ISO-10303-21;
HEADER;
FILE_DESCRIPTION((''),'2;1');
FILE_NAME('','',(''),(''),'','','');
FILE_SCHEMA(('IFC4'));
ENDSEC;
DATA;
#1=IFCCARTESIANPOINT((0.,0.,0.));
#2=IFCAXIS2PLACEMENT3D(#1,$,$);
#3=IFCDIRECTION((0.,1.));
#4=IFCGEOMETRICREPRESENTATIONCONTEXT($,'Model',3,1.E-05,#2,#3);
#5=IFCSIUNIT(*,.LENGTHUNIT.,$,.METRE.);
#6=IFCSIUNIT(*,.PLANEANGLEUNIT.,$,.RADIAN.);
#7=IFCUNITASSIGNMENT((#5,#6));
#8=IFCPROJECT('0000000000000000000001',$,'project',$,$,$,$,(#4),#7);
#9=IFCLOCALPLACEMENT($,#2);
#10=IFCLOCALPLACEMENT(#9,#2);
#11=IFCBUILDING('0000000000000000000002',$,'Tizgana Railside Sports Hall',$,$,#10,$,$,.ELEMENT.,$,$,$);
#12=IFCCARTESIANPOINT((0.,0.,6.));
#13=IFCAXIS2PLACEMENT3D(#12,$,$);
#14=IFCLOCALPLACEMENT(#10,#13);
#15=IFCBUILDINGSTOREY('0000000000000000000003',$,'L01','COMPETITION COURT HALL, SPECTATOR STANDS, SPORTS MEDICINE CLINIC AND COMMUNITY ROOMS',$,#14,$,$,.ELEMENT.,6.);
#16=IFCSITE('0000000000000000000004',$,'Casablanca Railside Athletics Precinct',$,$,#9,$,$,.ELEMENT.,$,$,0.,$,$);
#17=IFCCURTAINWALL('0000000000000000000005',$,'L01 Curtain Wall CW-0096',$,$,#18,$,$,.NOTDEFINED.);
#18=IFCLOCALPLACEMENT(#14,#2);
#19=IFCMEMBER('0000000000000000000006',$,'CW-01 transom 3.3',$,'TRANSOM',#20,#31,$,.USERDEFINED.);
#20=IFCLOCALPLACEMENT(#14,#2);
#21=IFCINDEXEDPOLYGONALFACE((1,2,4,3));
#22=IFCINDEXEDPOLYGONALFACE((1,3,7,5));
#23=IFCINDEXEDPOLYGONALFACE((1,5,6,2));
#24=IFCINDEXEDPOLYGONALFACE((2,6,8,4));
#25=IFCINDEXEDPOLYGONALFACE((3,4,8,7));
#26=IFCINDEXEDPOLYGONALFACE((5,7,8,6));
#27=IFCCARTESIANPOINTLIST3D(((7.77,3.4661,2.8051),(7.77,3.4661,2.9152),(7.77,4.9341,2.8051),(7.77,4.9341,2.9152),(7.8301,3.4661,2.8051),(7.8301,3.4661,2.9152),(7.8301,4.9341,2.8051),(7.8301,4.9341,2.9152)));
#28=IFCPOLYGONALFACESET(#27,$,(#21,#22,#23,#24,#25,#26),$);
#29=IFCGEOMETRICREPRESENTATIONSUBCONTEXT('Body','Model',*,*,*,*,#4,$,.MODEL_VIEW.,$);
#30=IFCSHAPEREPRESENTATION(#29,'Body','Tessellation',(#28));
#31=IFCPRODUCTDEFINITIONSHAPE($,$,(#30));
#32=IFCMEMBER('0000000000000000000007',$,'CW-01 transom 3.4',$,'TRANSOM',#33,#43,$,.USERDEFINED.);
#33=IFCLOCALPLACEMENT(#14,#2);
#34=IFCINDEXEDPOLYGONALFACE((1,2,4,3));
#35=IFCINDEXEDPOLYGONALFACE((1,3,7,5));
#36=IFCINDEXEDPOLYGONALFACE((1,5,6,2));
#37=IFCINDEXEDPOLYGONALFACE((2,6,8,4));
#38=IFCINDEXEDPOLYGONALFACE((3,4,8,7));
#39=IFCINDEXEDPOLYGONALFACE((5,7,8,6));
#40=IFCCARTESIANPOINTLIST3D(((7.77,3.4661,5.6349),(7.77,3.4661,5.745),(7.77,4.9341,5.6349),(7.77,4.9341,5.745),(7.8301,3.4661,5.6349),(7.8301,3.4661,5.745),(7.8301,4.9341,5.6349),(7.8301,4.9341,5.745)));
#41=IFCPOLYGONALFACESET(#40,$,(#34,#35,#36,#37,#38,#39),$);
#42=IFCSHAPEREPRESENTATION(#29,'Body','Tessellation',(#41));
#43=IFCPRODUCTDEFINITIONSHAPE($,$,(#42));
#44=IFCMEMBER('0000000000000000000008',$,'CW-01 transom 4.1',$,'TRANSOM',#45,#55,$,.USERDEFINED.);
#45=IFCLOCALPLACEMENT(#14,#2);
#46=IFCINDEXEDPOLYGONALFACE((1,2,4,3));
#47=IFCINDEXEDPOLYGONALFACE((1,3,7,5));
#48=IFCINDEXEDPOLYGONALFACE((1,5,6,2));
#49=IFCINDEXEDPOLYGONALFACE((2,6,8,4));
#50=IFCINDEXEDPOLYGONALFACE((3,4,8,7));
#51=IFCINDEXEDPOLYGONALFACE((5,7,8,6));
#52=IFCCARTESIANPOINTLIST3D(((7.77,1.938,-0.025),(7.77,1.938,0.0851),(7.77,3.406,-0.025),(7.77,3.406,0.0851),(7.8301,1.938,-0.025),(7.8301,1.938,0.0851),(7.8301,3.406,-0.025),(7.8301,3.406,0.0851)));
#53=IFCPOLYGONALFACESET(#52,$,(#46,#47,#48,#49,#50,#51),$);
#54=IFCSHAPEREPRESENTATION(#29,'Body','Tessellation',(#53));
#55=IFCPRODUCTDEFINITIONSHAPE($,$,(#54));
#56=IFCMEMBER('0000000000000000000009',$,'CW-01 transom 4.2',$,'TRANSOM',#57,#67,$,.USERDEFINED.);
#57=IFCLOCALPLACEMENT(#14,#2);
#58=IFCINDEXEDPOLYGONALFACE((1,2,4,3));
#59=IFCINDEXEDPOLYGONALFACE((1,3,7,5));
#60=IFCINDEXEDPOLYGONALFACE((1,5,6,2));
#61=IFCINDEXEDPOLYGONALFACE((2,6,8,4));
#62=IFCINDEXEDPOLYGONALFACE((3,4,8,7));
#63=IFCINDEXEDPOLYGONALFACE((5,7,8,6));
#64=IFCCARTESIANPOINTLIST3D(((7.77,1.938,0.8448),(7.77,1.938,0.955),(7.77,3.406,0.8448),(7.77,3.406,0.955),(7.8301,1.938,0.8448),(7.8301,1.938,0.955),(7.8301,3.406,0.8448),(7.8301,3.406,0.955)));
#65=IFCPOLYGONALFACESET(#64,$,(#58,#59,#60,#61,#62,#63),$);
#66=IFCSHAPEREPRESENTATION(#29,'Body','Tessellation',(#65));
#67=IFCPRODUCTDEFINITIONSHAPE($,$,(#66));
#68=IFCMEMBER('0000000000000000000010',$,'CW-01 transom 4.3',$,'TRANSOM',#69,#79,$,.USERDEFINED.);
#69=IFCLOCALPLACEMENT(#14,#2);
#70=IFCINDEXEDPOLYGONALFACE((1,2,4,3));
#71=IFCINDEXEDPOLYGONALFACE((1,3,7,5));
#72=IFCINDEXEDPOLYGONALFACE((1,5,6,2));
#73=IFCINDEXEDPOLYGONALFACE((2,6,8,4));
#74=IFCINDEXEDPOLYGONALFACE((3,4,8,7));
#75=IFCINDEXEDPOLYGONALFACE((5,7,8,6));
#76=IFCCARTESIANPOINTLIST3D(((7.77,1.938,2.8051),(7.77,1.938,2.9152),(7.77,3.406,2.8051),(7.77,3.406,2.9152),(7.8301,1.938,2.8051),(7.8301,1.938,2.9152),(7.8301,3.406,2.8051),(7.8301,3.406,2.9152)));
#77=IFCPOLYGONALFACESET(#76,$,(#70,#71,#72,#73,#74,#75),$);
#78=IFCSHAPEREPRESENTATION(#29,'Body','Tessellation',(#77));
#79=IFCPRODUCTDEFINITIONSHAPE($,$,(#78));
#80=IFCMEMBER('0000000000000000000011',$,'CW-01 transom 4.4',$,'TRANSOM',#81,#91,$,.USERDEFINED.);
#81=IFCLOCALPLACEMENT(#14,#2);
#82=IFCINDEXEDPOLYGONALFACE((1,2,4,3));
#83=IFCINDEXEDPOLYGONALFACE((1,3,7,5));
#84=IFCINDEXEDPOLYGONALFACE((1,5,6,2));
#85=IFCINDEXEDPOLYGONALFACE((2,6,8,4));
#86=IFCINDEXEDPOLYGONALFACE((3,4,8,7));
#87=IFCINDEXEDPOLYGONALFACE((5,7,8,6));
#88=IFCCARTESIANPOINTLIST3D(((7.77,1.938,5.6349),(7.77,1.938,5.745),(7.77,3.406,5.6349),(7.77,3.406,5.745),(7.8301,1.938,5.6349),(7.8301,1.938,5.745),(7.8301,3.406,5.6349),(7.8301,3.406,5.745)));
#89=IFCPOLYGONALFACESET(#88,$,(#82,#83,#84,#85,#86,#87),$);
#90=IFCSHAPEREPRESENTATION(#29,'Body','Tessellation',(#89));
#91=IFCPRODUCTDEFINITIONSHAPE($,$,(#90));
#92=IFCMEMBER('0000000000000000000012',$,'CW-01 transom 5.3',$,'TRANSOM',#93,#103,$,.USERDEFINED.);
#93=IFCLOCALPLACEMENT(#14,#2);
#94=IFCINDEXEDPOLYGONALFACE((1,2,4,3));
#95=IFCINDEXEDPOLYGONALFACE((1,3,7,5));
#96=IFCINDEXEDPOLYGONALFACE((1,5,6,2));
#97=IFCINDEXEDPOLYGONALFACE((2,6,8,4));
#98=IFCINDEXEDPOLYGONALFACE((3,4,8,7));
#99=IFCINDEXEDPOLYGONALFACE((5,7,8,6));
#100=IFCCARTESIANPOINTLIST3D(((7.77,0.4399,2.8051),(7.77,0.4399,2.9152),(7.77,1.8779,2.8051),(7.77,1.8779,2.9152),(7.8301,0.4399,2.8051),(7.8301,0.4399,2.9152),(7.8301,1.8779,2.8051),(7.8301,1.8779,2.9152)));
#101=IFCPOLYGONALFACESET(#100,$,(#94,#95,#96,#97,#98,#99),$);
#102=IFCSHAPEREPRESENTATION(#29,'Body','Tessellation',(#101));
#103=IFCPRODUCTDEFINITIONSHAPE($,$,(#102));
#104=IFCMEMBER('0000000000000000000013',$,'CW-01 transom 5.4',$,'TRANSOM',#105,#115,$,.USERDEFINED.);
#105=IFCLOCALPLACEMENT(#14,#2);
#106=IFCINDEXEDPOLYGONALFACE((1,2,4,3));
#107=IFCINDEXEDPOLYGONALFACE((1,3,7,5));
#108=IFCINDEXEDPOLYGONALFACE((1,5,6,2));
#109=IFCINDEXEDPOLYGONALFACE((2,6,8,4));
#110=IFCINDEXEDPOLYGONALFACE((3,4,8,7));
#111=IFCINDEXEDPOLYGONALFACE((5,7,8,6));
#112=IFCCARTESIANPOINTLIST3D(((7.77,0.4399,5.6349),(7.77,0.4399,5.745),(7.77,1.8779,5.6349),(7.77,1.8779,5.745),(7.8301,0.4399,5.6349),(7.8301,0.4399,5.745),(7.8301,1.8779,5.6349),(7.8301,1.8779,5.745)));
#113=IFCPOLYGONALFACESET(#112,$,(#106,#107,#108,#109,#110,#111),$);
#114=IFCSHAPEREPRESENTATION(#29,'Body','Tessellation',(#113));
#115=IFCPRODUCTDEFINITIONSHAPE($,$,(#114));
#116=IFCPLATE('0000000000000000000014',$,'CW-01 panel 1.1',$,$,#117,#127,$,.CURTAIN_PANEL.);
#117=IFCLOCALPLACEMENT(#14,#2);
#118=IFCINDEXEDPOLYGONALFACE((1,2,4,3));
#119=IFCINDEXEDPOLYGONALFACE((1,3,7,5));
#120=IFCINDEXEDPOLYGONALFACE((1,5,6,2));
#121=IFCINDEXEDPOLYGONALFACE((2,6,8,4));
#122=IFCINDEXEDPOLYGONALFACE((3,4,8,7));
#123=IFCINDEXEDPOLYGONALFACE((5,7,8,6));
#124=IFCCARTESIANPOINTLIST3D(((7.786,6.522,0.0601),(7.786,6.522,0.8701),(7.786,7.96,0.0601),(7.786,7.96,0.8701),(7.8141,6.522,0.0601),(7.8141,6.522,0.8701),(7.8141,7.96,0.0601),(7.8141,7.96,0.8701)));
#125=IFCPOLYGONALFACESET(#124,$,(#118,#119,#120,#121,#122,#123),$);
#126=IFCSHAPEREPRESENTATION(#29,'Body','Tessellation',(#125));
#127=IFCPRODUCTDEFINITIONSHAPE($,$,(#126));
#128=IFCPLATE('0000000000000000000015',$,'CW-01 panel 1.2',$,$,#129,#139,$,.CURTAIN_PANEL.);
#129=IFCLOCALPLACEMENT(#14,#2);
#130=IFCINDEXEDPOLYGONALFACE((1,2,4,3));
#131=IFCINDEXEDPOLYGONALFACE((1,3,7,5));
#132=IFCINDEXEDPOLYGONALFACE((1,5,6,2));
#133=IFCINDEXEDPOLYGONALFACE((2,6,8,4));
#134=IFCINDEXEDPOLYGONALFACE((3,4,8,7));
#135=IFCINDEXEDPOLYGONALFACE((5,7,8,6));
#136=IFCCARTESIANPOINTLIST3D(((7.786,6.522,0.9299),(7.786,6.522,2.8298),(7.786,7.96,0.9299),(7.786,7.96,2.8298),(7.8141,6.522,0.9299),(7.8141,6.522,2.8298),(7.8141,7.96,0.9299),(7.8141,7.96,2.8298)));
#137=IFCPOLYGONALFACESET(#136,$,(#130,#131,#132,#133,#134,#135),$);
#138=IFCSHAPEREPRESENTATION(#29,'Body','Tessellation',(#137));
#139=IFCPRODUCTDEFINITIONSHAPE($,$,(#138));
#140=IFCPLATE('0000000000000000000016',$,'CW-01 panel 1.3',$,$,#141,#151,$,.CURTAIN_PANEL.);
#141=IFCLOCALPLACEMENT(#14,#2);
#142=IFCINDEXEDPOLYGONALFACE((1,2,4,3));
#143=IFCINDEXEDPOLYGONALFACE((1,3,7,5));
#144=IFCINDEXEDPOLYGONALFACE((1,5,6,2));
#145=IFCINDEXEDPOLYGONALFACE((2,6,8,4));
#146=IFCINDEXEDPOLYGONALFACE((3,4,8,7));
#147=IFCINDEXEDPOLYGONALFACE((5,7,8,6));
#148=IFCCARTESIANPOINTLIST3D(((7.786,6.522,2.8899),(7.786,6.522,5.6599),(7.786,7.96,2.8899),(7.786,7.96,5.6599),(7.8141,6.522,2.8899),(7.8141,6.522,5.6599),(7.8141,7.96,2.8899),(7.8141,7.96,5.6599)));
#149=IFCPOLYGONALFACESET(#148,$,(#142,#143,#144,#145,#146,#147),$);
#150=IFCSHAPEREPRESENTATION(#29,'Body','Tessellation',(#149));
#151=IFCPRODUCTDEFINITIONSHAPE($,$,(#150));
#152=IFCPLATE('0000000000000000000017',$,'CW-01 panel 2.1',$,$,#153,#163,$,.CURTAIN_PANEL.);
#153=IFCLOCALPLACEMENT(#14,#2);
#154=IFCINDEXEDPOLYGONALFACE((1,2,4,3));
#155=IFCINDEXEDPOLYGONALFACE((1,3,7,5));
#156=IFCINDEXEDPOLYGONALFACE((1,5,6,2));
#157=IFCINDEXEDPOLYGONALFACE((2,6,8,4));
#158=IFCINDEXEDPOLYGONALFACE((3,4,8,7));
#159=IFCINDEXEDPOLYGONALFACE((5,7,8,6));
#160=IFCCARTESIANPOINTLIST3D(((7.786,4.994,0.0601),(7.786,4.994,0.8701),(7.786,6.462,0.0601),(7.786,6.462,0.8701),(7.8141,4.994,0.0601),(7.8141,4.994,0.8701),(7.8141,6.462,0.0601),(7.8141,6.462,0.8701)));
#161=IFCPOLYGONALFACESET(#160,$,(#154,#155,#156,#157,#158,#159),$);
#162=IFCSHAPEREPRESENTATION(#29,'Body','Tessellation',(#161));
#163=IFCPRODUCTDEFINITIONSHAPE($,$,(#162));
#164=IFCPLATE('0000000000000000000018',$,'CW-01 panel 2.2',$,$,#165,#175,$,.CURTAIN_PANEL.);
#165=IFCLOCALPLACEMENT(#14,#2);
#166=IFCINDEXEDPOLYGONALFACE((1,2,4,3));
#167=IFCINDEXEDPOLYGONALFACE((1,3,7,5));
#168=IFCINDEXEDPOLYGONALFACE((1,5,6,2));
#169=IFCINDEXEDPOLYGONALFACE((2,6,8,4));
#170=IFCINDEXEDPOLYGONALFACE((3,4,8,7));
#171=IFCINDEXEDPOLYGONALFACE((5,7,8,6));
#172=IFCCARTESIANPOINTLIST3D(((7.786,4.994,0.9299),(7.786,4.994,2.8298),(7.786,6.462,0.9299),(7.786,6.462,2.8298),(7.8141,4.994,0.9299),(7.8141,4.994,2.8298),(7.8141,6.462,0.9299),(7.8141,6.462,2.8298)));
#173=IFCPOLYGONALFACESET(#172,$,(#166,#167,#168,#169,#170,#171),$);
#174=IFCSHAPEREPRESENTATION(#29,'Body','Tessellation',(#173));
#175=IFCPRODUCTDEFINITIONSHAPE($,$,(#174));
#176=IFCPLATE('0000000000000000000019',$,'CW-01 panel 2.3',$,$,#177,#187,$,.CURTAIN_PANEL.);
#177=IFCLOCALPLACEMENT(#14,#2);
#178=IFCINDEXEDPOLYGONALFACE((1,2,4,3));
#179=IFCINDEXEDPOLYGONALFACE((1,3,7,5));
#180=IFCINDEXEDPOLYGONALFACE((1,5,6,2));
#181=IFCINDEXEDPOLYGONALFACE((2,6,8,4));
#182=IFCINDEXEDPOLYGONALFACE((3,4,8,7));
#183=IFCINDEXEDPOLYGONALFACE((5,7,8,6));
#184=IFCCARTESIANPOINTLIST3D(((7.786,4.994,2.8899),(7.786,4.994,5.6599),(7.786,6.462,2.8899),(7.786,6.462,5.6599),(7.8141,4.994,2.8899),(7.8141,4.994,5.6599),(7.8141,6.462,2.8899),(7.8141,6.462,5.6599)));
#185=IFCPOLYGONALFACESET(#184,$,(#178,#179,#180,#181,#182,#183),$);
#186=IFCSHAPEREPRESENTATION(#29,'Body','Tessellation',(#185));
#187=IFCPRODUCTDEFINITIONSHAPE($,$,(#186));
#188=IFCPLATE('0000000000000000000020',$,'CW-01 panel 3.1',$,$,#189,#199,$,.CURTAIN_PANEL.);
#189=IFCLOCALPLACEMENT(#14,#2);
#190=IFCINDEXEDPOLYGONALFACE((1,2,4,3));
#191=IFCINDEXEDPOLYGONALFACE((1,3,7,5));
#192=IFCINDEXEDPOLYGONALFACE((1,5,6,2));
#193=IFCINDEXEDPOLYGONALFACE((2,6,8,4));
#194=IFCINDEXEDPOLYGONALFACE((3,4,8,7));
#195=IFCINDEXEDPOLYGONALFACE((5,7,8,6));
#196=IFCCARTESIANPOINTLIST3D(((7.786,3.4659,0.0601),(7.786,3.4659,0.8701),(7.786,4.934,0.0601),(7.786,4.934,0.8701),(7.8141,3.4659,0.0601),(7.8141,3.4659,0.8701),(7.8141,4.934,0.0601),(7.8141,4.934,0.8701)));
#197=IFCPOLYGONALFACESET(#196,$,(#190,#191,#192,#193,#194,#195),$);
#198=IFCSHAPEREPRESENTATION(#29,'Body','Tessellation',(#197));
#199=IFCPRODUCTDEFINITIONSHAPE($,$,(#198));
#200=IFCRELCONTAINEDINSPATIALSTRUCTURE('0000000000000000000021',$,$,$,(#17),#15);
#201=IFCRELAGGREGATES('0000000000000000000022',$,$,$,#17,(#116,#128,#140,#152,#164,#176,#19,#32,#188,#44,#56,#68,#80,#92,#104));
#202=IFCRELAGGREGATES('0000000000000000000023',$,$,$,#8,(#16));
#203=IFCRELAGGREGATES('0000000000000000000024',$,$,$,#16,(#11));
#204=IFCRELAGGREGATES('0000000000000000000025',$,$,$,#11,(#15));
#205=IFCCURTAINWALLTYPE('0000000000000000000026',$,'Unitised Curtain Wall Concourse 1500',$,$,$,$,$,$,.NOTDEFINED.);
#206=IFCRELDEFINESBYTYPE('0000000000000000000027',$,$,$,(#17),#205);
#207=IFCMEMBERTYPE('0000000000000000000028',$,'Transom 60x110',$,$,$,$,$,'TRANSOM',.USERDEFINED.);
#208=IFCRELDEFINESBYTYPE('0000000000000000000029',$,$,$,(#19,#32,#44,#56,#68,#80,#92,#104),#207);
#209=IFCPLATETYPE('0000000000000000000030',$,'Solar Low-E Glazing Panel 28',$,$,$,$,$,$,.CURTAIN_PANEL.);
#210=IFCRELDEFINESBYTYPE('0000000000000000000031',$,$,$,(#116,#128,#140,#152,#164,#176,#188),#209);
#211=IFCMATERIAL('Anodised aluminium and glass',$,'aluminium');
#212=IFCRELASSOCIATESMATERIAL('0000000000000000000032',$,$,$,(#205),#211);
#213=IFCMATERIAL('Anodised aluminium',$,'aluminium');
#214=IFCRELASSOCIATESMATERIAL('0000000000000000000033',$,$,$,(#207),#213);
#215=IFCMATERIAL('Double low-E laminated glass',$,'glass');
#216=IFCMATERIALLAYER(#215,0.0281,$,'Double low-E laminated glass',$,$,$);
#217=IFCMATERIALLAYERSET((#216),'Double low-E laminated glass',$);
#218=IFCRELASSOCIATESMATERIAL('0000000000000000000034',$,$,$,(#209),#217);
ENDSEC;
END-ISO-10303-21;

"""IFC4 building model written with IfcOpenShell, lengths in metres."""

from ifc_helpers import new_model, si_unit, direction, frame, origin, origin_2d, place, context, subcontext, project, spatial, rectangle, extrude, material, layer, layer_set, material_profile, profile_set, type_object, element, aggregate, save


model = new_model("IFC4")

# Units and contexts
model_context = context("Model", 3, precision=1e-05, world=origin(), true_north=direction((0.0, 1.0)))
body_context = subcontext(model_context, "Body", "Model", "MODEL_VIEW")
ifc_project = project(units=[si_unit("LENGTHUNIT", "METRE"), si_unit("PLANEANGLEUNIT", "RADIAN")], contexts=[model_context])

# Site, building, storey
site_placement = place(None, origin())
site = spatial("IfcSite", under=ifc_project, at=site_placement, Name="Casablanca Railside Athletics Precinct", CompositionType="ELEMENT", RefElevation=0.0)
building_placement = place(site_placement, origin())
building = spatial("IfcBuilding", under=site, at=building_placement, Name="Tizgana Railside Sports Hall", CompositionType="ELEMENT")
storey_placement = place(building_placement, frame((0.0, 0.0, 6.0)))
storey = spatial("IfcBuildingStorey", under=building, at=storey_placement, Name="L01", Description="COMPETITION COURT HALL, SPECTATOR STANDS, SPORTS MEDICINE CLINIC AND COMMUNITY ROOMS", CompositionType="ELEMENT", Elevation=6.0)

# Curtain wall, members, plates
ifc_material_1 = material(Name="Anodised aluminium and glass", Category="aluminium")
curtain_wall_type = type_object("IfcCurtainWallType", Name="Unitised Curtain Wall Concourse 1500", PredefinedType="NOTDEFINED", material=ifc_material_1)
curtain_wall_placement = place(storey_placement, origin())
curtain_wall = element("IfcCurtainWall", 1, at=curtain_wall_placement, inside=storey, type_object=curtain_wall_type, Name="L01 Curtain Wall CW-0096", PredefinedType="NOTDEFINED")
ifc_material_2 = material(Name="Anodised aluminium", Category="aluminium")
ifc_material_profile_1 = material_profile(ifc_material_2, rectangle(XDim=0.0601, YDim=0.1101, at=origin_2d()), Name="Transom 60x110")
ifc_profile_set_1 = profile_set([ifc_material_profile_1], Name="Anodised aluminium")
member_type_1 = type_object("IfcMemberType", Name="Transom 60x110", ElementType="TRANSOM", PredefinedType="USERDEFINED", material=ifc_profile_set_1)
member_1_placement = place(storey_placement, frame((7.8, 4.9341, 2.8601), z_axis=(0.0, -1.0, 0.0), x_axis=(1.0, 0.0, 0.0)))
member_1 = element("IfcMember", 2, at=member_1_placement, type_object=member_type_1, Name="CW-01 transom 3.3", ObjectType="TRANSOM", PredefinedType="USERDEFINED", context=body_context, shape_type="SweptSolid", body=[
    extrude(rectangle(XDim=0.0601, YDim=0.1101, at=origin_2d()), origin(), (0.0, 0.0, 1.0), 1.468),
])
member_2_placement = place(storey_placement, frame((7.8, 4.9341, 5.6899), z_axis=(0.0, -1.0, 0.0), x_axis=(1.0, 0.0, 0.0)))
member_2 = element("IfcMember", 3, at=member_2_placement, type_object=member_type_1, Name="CW-01 transom 3.4", ObjectType="TRANSOM", PredefinedType="USERDEFINED", context=body_context, shape_type="SweptSolid", body=[
    extrude(rectangle(XDim=0.0601, YDim=0.1101, at=origin_2d()), origin(), (0.0, 0.0, 1.0), 1.468),
])
member_3_placement = place(storey_placement, frame((7.8, 3.406, 0.03), z_axis=(0.0, -1.0, 0.0), x_axis=(1.0, 0.0, 0.0)))
member_3 = element("IfcMember", 4, at=member_3_placement, type_object=member_type_1, Name="CW-01 transom 4.1", ObjectType="TRANSOM", PredefinedType="USERDEFINED", context=body_context, shape_type="SweptSolid", body=[
    extrude(rectangle(XDim=0.0601, YDim=0.1101, at=origin_2d()), origin(), (0.0, 0.0, 1.0), 1.468),
])
member_4_placement = place(storey_placement, frame((7.8, 3.406, 0.8999), z_axis=(0.0, -1.0, 0.0), x_axis=(1.0, 0.0, 0.0)))
member_4 = element("IfcMember", 5, at=member_4_placement, type_object=member_type_1, Name="CW-01 transom 4.2", ObjectType="TRANSOM", PredefinedType="USERDEFINED", context=body_context, shape_type="SweptSolid", body=[
    extrude(rectangle(XDim=0.0601, YDim=0.1101, at=origin_2d()), origin(), (0.0, 0.0, 1.0), 1.468),
])
member_5_placement = place(storey_placement, frame((7.8, 3.406, 2.8601), z_axis=(0.0, -1.0, 0.0), x_axis=(1.0, 0.0, 0.0)))
member_5 = element("IfcMember", 6, at=member_5_placement, type_object=member_type_1, Name="CW-01 transom 4.3", ObjectType="TRANSOM", PredefinedType="USERDEFINED", context=body_context, shape_type="SweptSolid", body=[
    extrude(rectangle(XDim=0.0601, YDim=0.1101, at=origin_2d()), origin(), (0.0, 0.0, 1.0), 1.468),
])
member_6_placement = place(storey_placement, frame((7.8, 3.406, 5.6899), z_axis=(0.0, -1.0, 0.0), x_axis=(1.0, 0.0, 0.0)))
member_6 = element("IfcMember", 7, at=member_6_placement, type_object=member_type_1, Name="CW-01 transom 4.4", ObjectType="TRANSOM", PredefinedType="USERDEFINED", context=body_context, shape_type="SweptSolid", body=[
    extrude(rectangle(XDim=0.0601, YDim=0.1101, at=origin_2d()), origin(), (0.0, 0.0, 1.0), 1.468),
])
member_7_placement = place(storey_placement, frame((7.8, 1.8779, 2.8601), z_axis=(0.0, -1.0, 0.0), x_axis=(1.0, 0.0, 0.0)))
member_7 = element("IfcMember", 8, at=member_7_placement, type_object=member_type_1, Name="CW-01 transom 5.3", ObjectType="TRANSOM", PredefinedType="USERDEFINED", context=body_context, shape_type="SweptSolid", body=[
    extrude(rectangle(XDim=0.0601, YDim=0.1101, at=origin_2d()), origin(), (0.0, 0.0, 1.0), 1.438),
])
member_8_placement = place(storey_placement, frame((7.8, 1.8779, 5.6899), z_axis=(0.0, -1.0, 0.0), x_axis=(1.0, 0.0, 0.0)))
member_8 = element("IfcMember", 9, at=member_8_placement, type_object=member_type_1, Name="CW-01 transom 5.4", ObjectType="TRANSOM", PredefinedType="USERDEFINED", context=body_context, shape_type="SweptSolid", body=[
    extrude(rectangle(XDim=0.0601, YDim=0.1101, at=origin_2d()), origin(), (0.0, 0.0, 1.0), 1.438),
])
ifc_material_3 = material(Name="Double low-E laminated glass", Category="glass")
ifc_layer = layer(ifc_material_3, 0.0281, Name="Double low-E laminated glass")
ifc_layer_set = layer_set([ifc_layer], Name="Double low-E laminated glass")
plate_type = type_object("IfcPlateType", Name="Solar Low-E Glazing Panel 28", PredefinedType="CURTAIN_PANEL", material=ifc_layer_set)
plate_1_placement = place(storey_placement, frame((7.8, 7.241, 0.0601), z_axis=(0.0, 0.0, 1.0), x_axis=(0.0, -1.0, 0.0)))
plate_1 = element("IfcPlate", 10, at=plate_1_placement, type_object=plate_type, Name="CW-01 panel 1.1", PredefinedType="CURTAIN_PANEL", context=body_context, shape_type="SweptSolid", body=[
    extrude(rectangle(XDim=1.438, YDim=0.0281, at=origin_2d()), origin(), (0.0, 0.0, 1.0), 0.8101),
])
plate_2_placement = place(storey_placement, frame((7.8, 7.241, 0.9299), z_axis=(0.0, 0.0, 1.0), x_axis=(0.0, -1.0, 0.0)))
plate_2 = element("IfcPlate", 11, at=plate_2_placement, type_object=plate_type, Name="CW-01 panel 1.2", PredefinedType="CURTAIN_PANEL", context=body_context, shape_type="SweptSolid", body=[
    extrude(rectangle(XDim=1.438, YDim=0.0281, at=origin_2d()), origin(), (0.0, 0.0, 1.0), 1.8999),
])
plate_3_placement = place(storey_placement, frame((7.8, 7.241, 2.8899), z_axis=(0.0, 0.0, 1.0), x_axis=(0.0, -1.0, 0.0)))
plate_3 = element("IfcPlate", 12, at=plate_3_placement, type_object=plate_type, Name="CW-01 panel 1.3", PredefinedType="CURTAIN_PANEL", context=body_context, shape_type="SweptSolid", body=[
    extrude(rectangle(XDim=1.438, YDim=0.0281, at=origin_2d()), origin(), (0.0, 0.0, 1.0), 2.77),
])
plate_4_placement = place(storey_placement, frame((7.8, 5.728, 0.0601), z_axis=(0.0, 0.0, 1.0), x_axis=(0.0, -1.0, 0.0)))
plate_4 = element("IfcPlate", 13, at=plate_4_placement, type_object=plate_type, Name="CW-01 panel 2.1", PredefinedType="CURTAIN_PANEL", context=body_context, shape_type="SweptSolid", body=[
    extrude(rectangle(XDim=1.468, YDim=0.0281, at=origin_2d()), origin(), (0.0, 0.0, 1.0), 0.8101),
])
plate_5_placement = place(storey_placement, frame((7.8, 5.728, 0.9299), z_axis=(0.0, 0.0, 1.0), x_axis=(0.0, -1.0, 0.0)))
plate_5 = element("IfcPlate", 14, at=plate_5_placement, type_object=plate_type, Name="CW-01 panel 2.2", PredefinedType="CURTAIN_PANEL", context=body_context, shape_type="SweptSolid", body=[
    extrude(rectangle(XDim=1.468, YDim=0.0281, at=origin_2d()), origin(), (0.0, 0.0, 1.0), 1.8999),
])
plate_6_placement = place(storey_placement, frame((7.8, 5.728, 2.8899), z_axis=(0.0, 0.0, 1.0), x_axis=(0.0, -1.0, 0.0)))
plate_6 = element("IfcPlate", 15, at=plate_6_placement, type_object=plate_type, Name="CW-01 panel 2.3", PredefinedType="CURTAIN_PANEL", context=body_context, shape_type="SweptSolid", body=[
    extrude(rectangle(XDim=1.468, YDim=0.0281, at=origin_2d()), origin(), (0.0, 0.0, 1.0), 2.77),
])
plate_7_placement = place(storey_placement, frame((7.8, 4.2, 0.0601), z_axis=(0.0, 0.0, 1.0), x_axis=(0.0, -1.0, 0.0)))
plate_7 = element("IfcPlate", 16, at=plate_7_placement, type_object=plate_type, Name="CW-01 panel 3.1", PredefinedType="CURTAIN_PANEL", context=body_context, shape_type="SweptSolid", body=[
    extrude(rectangle(XDim=1.468, YDim=0.0281, at=origin_2d()), origin(), (0.0, 0.0, 1.0), 0.8101),
])
aggregate(curtain_wall, [plate_1, plate_2, plate_3, plate_4, plate_5, plate_6, member_1, member_2, plate_7, member_3, member_4, member_5, member_6, member_7, member_8])

save(model, "model.ifc")
